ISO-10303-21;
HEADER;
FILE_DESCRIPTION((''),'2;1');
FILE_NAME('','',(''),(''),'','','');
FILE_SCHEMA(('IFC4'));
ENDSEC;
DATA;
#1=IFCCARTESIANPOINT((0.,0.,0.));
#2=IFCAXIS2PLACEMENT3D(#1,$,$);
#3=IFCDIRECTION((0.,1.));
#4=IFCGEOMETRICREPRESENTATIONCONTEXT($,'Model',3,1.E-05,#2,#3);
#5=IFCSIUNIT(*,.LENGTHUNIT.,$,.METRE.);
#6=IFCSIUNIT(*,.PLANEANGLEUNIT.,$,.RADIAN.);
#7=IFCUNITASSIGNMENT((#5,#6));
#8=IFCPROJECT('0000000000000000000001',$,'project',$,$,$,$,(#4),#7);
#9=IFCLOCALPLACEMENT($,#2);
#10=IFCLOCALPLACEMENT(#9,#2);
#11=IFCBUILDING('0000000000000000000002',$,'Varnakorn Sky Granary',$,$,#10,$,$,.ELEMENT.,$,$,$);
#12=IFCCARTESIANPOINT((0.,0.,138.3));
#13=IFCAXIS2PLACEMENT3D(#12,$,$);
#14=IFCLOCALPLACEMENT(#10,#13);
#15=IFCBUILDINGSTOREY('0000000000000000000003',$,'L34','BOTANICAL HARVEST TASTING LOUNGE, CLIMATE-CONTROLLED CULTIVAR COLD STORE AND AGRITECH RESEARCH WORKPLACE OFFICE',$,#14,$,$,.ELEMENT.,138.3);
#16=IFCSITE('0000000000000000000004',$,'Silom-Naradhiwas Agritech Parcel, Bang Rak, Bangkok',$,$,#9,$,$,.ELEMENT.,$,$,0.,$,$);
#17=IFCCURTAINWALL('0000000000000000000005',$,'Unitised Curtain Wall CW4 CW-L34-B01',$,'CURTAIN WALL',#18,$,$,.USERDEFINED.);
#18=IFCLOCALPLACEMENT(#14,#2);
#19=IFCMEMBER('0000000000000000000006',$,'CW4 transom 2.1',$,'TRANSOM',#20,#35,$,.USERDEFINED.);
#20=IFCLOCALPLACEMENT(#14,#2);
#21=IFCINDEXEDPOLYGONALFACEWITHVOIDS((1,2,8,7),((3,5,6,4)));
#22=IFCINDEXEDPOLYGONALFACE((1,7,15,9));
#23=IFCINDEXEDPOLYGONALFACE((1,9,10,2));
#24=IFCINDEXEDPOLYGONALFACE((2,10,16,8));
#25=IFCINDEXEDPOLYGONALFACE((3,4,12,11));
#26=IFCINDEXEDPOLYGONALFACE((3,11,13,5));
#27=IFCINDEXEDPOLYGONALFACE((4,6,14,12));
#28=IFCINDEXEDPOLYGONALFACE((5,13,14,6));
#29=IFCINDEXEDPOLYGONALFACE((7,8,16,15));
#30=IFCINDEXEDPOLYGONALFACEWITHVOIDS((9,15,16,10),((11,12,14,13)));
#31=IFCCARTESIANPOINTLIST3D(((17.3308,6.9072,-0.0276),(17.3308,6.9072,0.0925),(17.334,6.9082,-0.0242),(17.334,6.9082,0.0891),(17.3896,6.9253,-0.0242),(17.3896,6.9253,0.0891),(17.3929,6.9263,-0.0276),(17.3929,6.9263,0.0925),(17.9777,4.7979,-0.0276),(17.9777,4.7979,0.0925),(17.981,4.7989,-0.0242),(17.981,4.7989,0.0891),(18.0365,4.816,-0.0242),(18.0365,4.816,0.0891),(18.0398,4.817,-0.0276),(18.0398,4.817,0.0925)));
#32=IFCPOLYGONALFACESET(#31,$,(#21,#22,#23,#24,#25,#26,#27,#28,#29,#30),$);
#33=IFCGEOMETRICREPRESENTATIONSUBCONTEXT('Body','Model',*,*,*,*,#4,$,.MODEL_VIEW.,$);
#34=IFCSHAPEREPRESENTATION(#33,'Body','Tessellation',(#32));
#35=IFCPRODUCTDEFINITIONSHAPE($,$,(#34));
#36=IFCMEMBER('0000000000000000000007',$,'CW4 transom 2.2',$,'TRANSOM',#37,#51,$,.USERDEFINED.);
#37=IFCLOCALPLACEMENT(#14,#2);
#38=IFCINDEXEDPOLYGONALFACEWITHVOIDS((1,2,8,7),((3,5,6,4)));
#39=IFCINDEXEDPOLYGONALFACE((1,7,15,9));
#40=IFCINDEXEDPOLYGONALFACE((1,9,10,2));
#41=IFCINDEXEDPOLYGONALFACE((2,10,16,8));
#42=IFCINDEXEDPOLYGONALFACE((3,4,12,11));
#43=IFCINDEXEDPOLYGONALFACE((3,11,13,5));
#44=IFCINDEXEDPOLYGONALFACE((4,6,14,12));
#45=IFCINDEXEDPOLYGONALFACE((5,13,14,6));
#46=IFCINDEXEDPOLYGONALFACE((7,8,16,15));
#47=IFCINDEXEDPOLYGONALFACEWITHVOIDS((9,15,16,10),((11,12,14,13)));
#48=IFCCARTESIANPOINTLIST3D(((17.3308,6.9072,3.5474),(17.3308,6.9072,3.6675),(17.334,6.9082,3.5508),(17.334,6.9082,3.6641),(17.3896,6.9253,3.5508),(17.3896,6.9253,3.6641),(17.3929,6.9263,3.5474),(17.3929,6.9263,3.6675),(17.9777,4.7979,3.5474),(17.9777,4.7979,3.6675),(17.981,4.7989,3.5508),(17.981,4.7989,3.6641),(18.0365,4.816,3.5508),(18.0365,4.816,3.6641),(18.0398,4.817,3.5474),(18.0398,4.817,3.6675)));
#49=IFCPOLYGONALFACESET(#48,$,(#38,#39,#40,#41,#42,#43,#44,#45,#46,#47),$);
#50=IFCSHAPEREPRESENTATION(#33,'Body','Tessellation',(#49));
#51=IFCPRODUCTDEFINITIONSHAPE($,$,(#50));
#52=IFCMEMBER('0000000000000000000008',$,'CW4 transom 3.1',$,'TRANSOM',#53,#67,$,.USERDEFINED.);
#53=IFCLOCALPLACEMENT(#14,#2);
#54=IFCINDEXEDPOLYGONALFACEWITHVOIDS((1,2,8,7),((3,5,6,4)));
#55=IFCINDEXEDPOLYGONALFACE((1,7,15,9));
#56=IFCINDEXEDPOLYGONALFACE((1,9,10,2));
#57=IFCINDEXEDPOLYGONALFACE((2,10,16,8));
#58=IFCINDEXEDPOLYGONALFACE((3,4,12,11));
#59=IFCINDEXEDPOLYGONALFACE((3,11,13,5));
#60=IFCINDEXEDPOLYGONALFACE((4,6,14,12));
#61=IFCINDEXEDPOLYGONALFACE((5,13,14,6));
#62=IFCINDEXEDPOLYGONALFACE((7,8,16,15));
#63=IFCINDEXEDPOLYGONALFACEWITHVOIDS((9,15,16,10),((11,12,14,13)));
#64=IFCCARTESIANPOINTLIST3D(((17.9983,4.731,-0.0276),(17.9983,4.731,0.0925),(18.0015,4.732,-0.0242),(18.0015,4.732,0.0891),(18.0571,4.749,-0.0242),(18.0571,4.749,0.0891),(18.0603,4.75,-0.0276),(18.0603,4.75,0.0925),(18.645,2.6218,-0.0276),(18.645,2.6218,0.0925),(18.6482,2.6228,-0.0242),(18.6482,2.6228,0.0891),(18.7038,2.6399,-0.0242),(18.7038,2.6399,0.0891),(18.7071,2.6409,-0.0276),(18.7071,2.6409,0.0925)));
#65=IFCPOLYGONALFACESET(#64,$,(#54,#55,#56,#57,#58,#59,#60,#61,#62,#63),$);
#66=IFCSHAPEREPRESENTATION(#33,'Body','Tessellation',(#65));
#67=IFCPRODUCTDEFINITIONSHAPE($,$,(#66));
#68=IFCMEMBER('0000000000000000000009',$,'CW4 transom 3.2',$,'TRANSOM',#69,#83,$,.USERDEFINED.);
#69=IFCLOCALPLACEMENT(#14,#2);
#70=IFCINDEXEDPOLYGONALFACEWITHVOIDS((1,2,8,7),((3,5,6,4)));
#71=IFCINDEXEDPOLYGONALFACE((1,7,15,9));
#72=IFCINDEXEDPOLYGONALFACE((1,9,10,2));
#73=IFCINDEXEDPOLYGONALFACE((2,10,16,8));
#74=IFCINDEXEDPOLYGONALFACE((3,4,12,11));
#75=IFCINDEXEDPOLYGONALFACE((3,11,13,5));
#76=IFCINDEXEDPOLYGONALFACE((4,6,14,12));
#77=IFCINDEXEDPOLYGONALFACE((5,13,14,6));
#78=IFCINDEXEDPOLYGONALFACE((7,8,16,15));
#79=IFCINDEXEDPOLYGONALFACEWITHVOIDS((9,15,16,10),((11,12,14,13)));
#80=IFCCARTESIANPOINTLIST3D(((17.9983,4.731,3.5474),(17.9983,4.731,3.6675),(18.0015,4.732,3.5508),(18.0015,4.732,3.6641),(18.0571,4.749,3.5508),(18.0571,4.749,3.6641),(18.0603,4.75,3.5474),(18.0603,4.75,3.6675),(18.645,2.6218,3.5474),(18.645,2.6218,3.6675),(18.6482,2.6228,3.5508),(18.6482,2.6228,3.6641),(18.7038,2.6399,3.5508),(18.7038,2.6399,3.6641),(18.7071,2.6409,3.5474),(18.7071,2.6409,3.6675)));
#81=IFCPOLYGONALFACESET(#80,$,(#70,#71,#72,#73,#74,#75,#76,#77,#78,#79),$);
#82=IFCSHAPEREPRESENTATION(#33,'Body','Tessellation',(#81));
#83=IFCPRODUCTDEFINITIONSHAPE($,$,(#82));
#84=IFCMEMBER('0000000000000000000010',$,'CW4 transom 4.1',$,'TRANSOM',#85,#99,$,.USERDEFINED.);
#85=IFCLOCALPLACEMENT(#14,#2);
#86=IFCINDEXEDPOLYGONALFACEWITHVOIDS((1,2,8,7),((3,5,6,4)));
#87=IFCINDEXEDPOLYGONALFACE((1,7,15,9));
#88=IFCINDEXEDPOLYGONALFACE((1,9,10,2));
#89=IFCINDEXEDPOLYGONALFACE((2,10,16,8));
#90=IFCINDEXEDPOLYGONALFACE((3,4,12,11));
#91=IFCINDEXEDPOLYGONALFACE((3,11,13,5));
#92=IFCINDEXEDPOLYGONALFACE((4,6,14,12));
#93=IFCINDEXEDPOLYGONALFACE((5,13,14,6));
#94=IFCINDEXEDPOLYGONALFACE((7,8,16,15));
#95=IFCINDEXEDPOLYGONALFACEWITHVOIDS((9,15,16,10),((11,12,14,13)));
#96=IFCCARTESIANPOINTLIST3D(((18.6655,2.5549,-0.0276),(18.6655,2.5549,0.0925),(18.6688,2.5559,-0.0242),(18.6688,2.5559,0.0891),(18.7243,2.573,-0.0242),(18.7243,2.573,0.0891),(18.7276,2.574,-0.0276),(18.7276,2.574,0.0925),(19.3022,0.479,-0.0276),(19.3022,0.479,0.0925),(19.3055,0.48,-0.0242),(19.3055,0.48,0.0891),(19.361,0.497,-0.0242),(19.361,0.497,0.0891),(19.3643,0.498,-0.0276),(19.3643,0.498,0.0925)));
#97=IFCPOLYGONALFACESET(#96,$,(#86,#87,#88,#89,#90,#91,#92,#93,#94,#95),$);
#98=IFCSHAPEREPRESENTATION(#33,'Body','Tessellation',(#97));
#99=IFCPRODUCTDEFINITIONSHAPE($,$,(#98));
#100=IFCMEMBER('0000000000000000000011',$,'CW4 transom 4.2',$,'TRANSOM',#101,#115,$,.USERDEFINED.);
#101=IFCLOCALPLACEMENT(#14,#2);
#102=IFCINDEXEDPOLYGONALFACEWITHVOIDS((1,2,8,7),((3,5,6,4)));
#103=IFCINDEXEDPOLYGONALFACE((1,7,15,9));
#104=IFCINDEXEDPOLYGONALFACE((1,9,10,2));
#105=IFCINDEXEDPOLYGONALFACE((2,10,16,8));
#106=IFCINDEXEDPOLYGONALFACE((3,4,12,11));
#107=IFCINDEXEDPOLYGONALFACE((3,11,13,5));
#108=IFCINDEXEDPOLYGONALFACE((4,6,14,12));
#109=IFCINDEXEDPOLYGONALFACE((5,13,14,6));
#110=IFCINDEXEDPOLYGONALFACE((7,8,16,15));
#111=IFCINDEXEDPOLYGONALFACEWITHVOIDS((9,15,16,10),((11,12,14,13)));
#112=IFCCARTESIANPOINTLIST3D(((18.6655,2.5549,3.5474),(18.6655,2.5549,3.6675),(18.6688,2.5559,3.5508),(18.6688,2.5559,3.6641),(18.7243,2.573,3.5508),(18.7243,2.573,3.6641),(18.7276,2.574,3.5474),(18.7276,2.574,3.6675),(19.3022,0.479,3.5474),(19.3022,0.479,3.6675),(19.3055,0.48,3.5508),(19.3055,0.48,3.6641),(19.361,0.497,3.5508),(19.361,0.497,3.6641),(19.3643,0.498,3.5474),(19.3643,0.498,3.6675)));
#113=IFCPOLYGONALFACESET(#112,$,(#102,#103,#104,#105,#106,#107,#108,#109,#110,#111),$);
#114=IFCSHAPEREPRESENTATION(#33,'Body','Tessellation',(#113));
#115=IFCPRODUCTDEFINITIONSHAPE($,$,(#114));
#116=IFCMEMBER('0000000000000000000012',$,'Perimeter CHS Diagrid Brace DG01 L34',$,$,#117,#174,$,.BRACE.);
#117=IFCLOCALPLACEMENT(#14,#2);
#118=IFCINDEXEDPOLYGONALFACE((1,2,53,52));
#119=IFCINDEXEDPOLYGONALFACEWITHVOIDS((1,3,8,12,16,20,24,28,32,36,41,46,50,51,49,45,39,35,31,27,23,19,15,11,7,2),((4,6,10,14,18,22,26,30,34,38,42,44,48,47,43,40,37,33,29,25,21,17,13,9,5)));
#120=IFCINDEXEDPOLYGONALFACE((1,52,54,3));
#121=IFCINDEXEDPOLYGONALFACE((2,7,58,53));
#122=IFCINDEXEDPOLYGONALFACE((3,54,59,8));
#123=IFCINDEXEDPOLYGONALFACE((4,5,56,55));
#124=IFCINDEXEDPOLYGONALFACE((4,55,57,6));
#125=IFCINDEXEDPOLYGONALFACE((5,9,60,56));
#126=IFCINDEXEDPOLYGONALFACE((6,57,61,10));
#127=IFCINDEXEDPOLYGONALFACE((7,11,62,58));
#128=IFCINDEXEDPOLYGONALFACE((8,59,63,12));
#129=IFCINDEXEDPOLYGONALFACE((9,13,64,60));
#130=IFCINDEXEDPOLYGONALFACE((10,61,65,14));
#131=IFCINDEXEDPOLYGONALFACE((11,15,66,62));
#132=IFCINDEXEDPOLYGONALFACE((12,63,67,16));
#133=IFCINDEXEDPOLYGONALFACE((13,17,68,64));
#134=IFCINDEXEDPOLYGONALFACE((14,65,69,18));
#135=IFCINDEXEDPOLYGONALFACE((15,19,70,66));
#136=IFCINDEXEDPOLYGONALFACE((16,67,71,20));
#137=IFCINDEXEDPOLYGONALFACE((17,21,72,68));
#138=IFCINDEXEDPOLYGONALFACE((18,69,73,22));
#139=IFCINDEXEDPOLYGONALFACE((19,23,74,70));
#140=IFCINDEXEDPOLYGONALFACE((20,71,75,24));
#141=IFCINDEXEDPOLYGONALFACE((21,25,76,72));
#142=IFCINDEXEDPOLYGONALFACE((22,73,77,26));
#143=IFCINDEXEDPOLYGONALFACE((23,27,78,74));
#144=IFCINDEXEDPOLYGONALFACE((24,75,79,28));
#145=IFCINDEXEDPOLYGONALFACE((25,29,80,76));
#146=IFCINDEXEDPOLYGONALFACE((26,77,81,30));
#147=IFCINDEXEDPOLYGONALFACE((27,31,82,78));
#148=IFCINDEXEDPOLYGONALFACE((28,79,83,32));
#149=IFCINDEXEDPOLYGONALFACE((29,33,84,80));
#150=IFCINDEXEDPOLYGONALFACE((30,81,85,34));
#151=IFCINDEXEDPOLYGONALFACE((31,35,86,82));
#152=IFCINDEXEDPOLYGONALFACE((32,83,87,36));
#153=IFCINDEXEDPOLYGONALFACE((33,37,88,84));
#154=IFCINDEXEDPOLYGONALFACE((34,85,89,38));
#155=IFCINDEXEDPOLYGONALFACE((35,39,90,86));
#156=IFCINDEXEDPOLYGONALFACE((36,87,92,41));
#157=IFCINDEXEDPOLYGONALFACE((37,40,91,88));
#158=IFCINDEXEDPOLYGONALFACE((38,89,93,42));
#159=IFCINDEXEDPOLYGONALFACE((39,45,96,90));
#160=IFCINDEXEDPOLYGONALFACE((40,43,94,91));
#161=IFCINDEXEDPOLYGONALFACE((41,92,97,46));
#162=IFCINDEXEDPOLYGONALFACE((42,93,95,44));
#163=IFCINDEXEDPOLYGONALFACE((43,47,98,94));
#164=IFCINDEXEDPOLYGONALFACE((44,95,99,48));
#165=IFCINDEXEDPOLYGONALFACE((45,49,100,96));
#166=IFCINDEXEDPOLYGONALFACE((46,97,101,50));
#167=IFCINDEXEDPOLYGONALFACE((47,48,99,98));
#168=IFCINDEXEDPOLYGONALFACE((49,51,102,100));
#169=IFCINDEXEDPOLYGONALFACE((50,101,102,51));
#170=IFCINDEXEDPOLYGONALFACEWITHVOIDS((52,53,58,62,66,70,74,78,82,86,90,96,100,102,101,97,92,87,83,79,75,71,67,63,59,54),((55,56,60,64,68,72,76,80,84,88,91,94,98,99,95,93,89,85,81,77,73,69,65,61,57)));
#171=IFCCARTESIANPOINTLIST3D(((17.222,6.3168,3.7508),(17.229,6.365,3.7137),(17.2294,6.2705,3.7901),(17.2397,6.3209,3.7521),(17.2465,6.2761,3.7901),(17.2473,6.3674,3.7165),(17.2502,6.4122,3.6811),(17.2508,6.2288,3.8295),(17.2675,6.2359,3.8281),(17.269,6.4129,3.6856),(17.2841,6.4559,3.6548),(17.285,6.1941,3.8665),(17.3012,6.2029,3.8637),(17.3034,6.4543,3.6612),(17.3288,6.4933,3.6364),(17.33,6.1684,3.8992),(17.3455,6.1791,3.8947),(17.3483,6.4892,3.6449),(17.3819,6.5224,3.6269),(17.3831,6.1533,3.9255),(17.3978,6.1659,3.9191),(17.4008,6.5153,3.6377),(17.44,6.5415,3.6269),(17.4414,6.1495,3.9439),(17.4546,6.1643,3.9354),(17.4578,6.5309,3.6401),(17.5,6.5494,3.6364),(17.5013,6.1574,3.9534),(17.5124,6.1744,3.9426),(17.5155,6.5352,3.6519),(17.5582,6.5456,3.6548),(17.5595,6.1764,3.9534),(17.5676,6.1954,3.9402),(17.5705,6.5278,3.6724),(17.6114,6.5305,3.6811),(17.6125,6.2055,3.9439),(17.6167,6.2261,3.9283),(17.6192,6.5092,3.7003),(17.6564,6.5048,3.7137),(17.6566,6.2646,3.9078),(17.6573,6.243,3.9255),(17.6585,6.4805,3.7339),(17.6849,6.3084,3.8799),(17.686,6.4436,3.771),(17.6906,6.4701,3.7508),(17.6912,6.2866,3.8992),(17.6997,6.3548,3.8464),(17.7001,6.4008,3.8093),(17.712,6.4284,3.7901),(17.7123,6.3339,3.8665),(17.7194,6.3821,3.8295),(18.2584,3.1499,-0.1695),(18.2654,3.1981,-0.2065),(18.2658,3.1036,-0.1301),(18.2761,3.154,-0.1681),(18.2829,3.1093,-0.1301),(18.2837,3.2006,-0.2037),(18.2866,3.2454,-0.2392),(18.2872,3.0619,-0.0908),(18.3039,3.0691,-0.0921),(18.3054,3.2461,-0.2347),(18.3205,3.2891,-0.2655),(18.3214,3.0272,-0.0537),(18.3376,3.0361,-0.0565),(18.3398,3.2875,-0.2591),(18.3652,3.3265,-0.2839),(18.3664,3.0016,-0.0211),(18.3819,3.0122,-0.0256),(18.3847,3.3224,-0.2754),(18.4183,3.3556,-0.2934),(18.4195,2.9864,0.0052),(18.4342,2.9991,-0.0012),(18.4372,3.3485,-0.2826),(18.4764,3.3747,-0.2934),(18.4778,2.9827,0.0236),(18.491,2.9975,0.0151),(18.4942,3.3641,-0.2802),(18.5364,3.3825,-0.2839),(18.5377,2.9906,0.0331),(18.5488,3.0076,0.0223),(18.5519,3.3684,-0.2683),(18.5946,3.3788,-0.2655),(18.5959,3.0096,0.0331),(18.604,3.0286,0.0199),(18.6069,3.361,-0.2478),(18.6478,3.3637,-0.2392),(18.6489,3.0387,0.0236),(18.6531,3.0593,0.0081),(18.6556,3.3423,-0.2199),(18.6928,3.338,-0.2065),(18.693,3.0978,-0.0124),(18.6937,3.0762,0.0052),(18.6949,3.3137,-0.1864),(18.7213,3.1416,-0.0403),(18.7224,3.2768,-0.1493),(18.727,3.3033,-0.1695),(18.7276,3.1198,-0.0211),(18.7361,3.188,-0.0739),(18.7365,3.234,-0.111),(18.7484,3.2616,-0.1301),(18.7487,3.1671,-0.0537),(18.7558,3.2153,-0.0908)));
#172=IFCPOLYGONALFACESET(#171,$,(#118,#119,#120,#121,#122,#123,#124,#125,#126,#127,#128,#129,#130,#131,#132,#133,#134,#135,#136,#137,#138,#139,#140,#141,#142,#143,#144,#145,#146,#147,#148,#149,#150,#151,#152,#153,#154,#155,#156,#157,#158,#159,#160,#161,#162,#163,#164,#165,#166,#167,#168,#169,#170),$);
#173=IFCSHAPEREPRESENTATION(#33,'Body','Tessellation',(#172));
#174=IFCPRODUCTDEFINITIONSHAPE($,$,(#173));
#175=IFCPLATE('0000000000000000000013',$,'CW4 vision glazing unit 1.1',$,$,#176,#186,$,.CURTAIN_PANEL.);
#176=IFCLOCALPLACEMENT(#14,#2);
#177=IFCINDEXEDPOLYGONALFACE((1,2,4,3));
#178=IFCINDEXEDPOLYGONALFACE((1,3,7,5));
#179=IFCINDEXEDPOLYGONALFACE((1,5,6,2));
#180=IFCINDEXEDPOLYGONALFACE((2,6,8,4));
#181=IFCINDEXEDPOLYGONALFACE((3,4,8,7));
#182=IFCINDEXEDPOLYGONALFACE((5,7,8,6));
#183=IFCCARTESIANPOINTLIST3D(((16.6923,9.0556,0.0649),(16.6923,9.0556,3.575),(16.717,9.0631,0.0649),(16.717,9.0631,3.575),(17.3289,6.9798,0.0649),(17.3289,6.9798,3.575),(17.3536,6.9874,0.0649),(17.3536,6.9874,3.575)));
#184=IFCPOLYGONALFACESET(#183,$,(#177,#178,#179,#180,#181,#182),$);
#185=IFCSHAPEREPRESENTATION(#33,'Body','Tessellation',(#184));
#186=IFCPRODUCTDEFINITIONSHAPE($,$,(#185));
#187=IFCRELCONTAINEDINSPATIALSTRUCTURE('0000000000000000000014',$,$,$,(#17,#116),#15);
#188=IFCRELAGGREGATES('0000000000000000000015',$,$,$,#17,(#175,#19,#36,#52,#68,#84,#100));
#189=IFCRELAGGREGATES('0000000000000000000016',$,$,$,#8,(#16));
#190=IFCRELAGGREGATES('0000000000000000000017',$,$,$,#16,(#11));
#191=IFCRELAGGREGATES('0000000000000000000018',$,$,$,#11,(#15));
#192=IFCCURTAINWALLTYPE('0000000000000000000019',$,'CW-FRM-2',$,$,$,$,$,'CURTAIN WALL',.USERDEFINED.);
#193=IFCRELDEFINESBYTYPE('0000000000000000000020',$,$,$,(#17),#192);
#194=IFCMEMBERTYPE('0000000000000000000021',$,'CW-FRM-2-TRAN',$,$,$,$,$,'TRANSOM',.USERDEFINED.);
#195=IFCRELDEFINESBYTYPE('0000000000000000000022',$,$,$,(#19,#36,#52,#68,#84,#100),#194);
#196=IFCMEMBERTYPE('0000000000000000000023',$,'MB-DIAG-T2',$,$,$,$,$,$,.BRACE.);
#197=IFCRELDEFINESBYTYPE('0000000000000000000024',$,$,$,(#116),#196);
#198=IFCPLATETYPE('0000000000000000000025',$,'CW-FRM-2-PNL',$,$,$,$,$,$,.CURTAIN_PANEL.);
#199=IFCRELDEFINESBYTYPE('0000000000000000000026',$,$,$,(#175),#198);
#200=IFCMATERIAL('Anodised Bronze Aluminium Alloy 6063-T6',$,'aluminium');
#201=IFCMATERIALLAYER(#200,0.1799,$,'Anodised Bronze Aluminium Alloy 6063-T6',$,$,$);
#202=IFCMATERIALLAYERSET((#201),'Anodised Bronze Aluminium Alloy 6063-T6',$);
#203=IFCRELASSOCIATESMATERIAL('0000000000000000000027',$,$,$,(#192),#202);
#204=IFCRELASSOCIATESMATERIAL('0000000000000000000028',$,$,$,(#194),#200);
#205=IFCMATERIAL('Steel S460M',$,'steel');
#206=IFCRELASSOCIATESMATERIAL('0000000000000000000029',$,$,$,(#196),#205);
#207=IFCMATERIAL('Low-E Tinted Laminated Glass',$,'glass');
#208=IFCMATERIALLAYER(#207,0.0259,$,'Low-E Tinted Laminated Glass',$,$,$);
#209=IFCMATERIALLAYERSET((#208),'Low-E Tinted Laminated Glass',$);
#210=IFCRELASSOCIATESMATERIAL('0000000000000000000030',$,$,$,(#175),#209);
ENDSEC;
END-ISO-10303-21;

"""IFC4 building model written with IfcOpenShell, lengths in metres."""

from ifc_helpers import new_model, si_unit, direction, frame, origin, origin_2d, place, context, subcontext, project, spatial, rectangle, hollow_rectangle, hollow_circle, extrude, source, transform, mapped, material, layer, layer_set, material_profile, profile_set, type_object, element, aggregate, save


model = new_model("IFC4")

# Units and contexts
model_context = context("Model", 3, precision=1e-05, world=origin(), true_north=direction((0.0, 1.0)))
body_context = subcontext(model_context, "Body", "Model", "MODEL_VIEW")
ifc_project = project(units=[si_unit("LENGTHUNIT", "METRE"), si_unit("PLANEANGLEUNIT", "RADIAN")], contexts=[model_context])

# Site, building, storey
site_placement = place(None, origin())
site = spatial("IfcSite", under=ifc_project, at=site_placement, Name="Silom-Naradhiwas Agritech Parcel, Bang Rak, Bangkok", CompositionType="ELEMENT", RefElevation=0.0)
building_placement = place(site_placement, origin())
building = spatial("IfcBuilding", under=site, at=building_placement, Name="Varnakorn Sky Granary", CompositionType="ELEMENT")
storey_placement = place(building_placement, frame((0.0, 0.0, 138.3)))
storey = spatial("IfcBuildingStorey", under=building, at=storey_placement, Name="L34", Description="BOTANICAL HARVEST TASTING LOUNGE, CLIMATE-CONTROLLED CULTIVAR COLD STORE AND AGRITECH RESEARCH WORKPLACE OFFICE", CompositionType="ELEMENT", Elevation=138.3)

# Shared definitions
ifc_material_1 = material(Name="Steel S460M", Category="steel")

# Curtain wall, members
ifc_material_2 = material(Name="Anodised Bronze Aluminium Alloy 6063-T6", Category="aluminium")
ifc_layer_1 = layer(ifc_material_2, 0.1799, Name="Anodised Bronze Aluminium Alloy 6063-T6")
ifc_layer_set_1 = layer_set([ifc_layer_1], Name="Anodised Bronze Aluminium Alloy 6063-T6")
curtain_wall_type = type_object("IfcCurtainWallType", Name="CW-FRM-2", ElementType="CURTAIN WALL", PredefinedType="USERDEFINED", material=ifc_layer_set_1)
curtain_wall_placement = place(storey_placement, origin())
curtain_wall = element("IfcCurtainWall", 1, at=curtain_wall_placement, inside=storey, type_object=curtain_wall_type, Name="Unitised Curtain Wall CW4 CW-L34-B01", ObjectType="CURTAIN WALL", PredefinedType="USERDEFINED")
ifc_material_profile_1 = material_profile(ifc_material_2, hollow_rectangle(XDim=0.0649, YDim=0.1201, WallThickness=0.0034, at=origin_2d()), Name="ALU TRAN 65x120")
ifc_profile_set_1 = profile_set([ifc_material_profile_1], Name="Anodised Bronze Aluminium Alloy 6063-T6")
member_type_1 = type_object("IfcMemberType", Name="CW-FRM-2-TRAN", ElementType="TRANSOM", PredefinedType="USERDEFINED", material=ifc_profile_set_1)
member_1_placement = place(storey_placement, frame((17.3618, 6.9167, 0.0325), z_axis=(0.29323, -0.956042, 0.0), x_axis=(0.956042, 0.29323, 0.0)))
member_1 = element("IfcMember", 2, at=member_1_placement, type_object=member_type_1, Name="CW4 transom 2.1", ObjectType="TRANSOM", PredefinedType="USERDEFINED", context=body_context, shape_type="SweptSolid", body=[
    extrude(hollow_rectangle(XDim=0.0649, YDim=0.1201, WallThickness=0.0034, at=origin_2d()), origin(), (0.0, 0.0, 1.0), 2.2063),
])
member_2_placement = place(storey_placement, frame((17.3618, 6.9167, 3.6074), z_axis=(0.29323, -0.956042, 0.0), x_axis=(0.956042, 0.29323, 0.0)))
member_2 = element("IfcMember", 3, at=member_2_placement, type_object=member_type_1, Name="CW4 transom 2.2", ObjectType="TRANSOM", PredefinedType="USERDEFINED", context=body_context, shape_type="SweptSolid", body=[
    extrude(hollow_rectangle(XDim=0.0649, YDim=0.1201, WallThickness=0.0034, at=origin_2d()), origin(), (0.0, 0.0, 1.0), 2.2063),
])
member_3_placement = place(storey_placement, frame((18.0293, 4.7405, 0.0325), z_axis=(0.29316, -0.956063, 0.0), x_axis=(0.956063, 0.29316, 0.0)))
member_3 = element("IfcMember", 4, at=member_3_placement, type_object=member_type_1, Name="CW4 transom 3.1", ObjectType="TRANSOM", PredefinedType="USERDEFINED", context=body_context, shape_type="SweptSolid", body=[
    extrude(hollow_rectangle(XDim=0.0649, YDim=0.1201, WallThickness=0.0034, at=origin_2d()), origin(), (0.0, 0.0, 1.0), 2.2061),
])
member_4_placement = place(storey_placement, frame((18.0293, 4.7405, 3.6074), z_axis=(0.29316, -0.956063, 0.0), x_axis=(0.956063, 0.29316, 0.0)))
member_4 = element("IfcMember", 5, at=member_4_placement, type_object=member_type_1, Name="CW4 transom 3.2", ObjectType="TRANSOM", PredefinedType="USERDEFINED", context=body_context, shape_type="SweptSolid", body=[
    extrude(hollow_rectangle(XDim=0.0649, YDim=0.1201, WallThickness=0.0034, at=origin_2d()), origin(), (0.0, 0.0, 1.0), 2.2061),
])
member_5_placement = place(storey_placement, frame((18.6965, 2.5645, 0.0325), z_axis=(0.293232, -0.956041, 0.0), x_axis=(0.956041, 0.293232, 0.0)))
member_5 = element("IfcMember", 6, at=member_5_placement, type_object=member_type_1, Name="CW4 transom 4.1", ObjectType="TRANSOM", PredefinedType="USERDEFINED", context=body_context, shape_type="SweptSolid", body=[
    extrude(hollow_rectangle(XDim=0.0649, YDim=0.1201, WallThickness=0.0034, at=origin_2d()), origin(), (0.0, 0.0, 1.0), 2.1714),
])
member_6_placement = place(storey_placement, frame((18.6965, 2.5645, 3.6074), z_axis=(0.293232, -0.956041, 0.0), x_axis=(0.956041, 0.293232, 0.0)))
member_6 = element("IfcMember", 7, at=member_6_placement, type_object=member_type_1, Name="CW4 transom 4.2", ObjectType="TRANSOM", PredefinedType="USERDEFINED", context=body_context, shape_type="SweptSolid", body=[
    extrude(hollow_rectangle(XDim=0.0649, YDim=0.1201, WallThickness=0.0034, at=origin_2d()), origin(), (0.0, 0.0, 1.0), 2.1714),
])

# Member
ifc_material_profile_2 = material_profile(ifc_material_1, hollow_circle(Radius=0.2539, WallThickness=0.0181, at=origin_2d()), Name="CHS 508x18")
ifc_profile_set_2 = profile_set([ifc_material_profile_2], Name="Steel S460M")
member_type_2 = type_object("IfcMemberType", Name="MB-DIAG-T2", PredefinedType="BRACE", material=ifc_profile_set_2)
member_7_placement = place(storey_placement, frame((18.5071, 3.1826, -0.1301), z_axis=(-0.201437, 0.615511, 0.761951), x_axis=(-0.950398, -0.311035, 0.0)))
element("IfcMember", 8, at=member_7_placement, inside=storey, type_object=member_type_2, Name="Perimeter CHS Diagrid Brace DG01 L34", PredefinedType="BRACE", context=body_context, shape_type="SweptSolid", body=[
    extrude(hollow_circle(Radius=0.2539, WallThickness=0.0181, at=origin_2d()), origin(), (0.0, 0.0, 1.0), 5.145),
])

# Plate
ifc_material_3 = material(Name="Low-E Tinted Laminated Glass", Category="glass")
ifc_layer_2 = layer(ifc_material_3, 0.0259, Name="Low-E Tinted Laminated Glass")
ifc_layer_set_2 = layer_set([ifc_layer_2], Name="Low-E Tinted Laminated Glass")
plate_type = type_object("IfcPlateType", Name="CW-FRM-2-PNL", PredefinedType="CURTAIN_PANEL")
shared_shape_1 = source(origin(), body_context, "Body", "SweptSolid", [
    extrude(rectangle(XDim=2.1711, YDim=0.0259, at=origin_2d()), origin(), (0.0, 0.0, 1.0), 3.51),
])
plate_1_placement = place(storey_placement, frame((17.0229, 8.0215, 0.0649), z_axis=(0.0, 0.0, 1.0), x_axis=(0.293193, -0.956053, 0.0)))
plate_1 = element("IfcPlate", 9, at=plate_1_placement, type_object=plate_type, material=ifc_layer_set_2, Name="CW4 vision glazing unit 1.1", PredefinedType="CURTAIN_PANEL", context=body_context, shape_type="MappedRepresentation", body=[
    mapped(shared_shape_1, transform((0.0, 0.0, 0.0), x_axis=(1.0, 0.0, 0.0), y_axis=(0.0, 1.0, 0.0), z_axis=(0.0, 0.0, 1.0), scale=1.0)),
])
aggregate(curtain_wall, [plate_1, member_1, member_2, member_3, member_4, member_5, member_6])

save(model, "model.ifc")
